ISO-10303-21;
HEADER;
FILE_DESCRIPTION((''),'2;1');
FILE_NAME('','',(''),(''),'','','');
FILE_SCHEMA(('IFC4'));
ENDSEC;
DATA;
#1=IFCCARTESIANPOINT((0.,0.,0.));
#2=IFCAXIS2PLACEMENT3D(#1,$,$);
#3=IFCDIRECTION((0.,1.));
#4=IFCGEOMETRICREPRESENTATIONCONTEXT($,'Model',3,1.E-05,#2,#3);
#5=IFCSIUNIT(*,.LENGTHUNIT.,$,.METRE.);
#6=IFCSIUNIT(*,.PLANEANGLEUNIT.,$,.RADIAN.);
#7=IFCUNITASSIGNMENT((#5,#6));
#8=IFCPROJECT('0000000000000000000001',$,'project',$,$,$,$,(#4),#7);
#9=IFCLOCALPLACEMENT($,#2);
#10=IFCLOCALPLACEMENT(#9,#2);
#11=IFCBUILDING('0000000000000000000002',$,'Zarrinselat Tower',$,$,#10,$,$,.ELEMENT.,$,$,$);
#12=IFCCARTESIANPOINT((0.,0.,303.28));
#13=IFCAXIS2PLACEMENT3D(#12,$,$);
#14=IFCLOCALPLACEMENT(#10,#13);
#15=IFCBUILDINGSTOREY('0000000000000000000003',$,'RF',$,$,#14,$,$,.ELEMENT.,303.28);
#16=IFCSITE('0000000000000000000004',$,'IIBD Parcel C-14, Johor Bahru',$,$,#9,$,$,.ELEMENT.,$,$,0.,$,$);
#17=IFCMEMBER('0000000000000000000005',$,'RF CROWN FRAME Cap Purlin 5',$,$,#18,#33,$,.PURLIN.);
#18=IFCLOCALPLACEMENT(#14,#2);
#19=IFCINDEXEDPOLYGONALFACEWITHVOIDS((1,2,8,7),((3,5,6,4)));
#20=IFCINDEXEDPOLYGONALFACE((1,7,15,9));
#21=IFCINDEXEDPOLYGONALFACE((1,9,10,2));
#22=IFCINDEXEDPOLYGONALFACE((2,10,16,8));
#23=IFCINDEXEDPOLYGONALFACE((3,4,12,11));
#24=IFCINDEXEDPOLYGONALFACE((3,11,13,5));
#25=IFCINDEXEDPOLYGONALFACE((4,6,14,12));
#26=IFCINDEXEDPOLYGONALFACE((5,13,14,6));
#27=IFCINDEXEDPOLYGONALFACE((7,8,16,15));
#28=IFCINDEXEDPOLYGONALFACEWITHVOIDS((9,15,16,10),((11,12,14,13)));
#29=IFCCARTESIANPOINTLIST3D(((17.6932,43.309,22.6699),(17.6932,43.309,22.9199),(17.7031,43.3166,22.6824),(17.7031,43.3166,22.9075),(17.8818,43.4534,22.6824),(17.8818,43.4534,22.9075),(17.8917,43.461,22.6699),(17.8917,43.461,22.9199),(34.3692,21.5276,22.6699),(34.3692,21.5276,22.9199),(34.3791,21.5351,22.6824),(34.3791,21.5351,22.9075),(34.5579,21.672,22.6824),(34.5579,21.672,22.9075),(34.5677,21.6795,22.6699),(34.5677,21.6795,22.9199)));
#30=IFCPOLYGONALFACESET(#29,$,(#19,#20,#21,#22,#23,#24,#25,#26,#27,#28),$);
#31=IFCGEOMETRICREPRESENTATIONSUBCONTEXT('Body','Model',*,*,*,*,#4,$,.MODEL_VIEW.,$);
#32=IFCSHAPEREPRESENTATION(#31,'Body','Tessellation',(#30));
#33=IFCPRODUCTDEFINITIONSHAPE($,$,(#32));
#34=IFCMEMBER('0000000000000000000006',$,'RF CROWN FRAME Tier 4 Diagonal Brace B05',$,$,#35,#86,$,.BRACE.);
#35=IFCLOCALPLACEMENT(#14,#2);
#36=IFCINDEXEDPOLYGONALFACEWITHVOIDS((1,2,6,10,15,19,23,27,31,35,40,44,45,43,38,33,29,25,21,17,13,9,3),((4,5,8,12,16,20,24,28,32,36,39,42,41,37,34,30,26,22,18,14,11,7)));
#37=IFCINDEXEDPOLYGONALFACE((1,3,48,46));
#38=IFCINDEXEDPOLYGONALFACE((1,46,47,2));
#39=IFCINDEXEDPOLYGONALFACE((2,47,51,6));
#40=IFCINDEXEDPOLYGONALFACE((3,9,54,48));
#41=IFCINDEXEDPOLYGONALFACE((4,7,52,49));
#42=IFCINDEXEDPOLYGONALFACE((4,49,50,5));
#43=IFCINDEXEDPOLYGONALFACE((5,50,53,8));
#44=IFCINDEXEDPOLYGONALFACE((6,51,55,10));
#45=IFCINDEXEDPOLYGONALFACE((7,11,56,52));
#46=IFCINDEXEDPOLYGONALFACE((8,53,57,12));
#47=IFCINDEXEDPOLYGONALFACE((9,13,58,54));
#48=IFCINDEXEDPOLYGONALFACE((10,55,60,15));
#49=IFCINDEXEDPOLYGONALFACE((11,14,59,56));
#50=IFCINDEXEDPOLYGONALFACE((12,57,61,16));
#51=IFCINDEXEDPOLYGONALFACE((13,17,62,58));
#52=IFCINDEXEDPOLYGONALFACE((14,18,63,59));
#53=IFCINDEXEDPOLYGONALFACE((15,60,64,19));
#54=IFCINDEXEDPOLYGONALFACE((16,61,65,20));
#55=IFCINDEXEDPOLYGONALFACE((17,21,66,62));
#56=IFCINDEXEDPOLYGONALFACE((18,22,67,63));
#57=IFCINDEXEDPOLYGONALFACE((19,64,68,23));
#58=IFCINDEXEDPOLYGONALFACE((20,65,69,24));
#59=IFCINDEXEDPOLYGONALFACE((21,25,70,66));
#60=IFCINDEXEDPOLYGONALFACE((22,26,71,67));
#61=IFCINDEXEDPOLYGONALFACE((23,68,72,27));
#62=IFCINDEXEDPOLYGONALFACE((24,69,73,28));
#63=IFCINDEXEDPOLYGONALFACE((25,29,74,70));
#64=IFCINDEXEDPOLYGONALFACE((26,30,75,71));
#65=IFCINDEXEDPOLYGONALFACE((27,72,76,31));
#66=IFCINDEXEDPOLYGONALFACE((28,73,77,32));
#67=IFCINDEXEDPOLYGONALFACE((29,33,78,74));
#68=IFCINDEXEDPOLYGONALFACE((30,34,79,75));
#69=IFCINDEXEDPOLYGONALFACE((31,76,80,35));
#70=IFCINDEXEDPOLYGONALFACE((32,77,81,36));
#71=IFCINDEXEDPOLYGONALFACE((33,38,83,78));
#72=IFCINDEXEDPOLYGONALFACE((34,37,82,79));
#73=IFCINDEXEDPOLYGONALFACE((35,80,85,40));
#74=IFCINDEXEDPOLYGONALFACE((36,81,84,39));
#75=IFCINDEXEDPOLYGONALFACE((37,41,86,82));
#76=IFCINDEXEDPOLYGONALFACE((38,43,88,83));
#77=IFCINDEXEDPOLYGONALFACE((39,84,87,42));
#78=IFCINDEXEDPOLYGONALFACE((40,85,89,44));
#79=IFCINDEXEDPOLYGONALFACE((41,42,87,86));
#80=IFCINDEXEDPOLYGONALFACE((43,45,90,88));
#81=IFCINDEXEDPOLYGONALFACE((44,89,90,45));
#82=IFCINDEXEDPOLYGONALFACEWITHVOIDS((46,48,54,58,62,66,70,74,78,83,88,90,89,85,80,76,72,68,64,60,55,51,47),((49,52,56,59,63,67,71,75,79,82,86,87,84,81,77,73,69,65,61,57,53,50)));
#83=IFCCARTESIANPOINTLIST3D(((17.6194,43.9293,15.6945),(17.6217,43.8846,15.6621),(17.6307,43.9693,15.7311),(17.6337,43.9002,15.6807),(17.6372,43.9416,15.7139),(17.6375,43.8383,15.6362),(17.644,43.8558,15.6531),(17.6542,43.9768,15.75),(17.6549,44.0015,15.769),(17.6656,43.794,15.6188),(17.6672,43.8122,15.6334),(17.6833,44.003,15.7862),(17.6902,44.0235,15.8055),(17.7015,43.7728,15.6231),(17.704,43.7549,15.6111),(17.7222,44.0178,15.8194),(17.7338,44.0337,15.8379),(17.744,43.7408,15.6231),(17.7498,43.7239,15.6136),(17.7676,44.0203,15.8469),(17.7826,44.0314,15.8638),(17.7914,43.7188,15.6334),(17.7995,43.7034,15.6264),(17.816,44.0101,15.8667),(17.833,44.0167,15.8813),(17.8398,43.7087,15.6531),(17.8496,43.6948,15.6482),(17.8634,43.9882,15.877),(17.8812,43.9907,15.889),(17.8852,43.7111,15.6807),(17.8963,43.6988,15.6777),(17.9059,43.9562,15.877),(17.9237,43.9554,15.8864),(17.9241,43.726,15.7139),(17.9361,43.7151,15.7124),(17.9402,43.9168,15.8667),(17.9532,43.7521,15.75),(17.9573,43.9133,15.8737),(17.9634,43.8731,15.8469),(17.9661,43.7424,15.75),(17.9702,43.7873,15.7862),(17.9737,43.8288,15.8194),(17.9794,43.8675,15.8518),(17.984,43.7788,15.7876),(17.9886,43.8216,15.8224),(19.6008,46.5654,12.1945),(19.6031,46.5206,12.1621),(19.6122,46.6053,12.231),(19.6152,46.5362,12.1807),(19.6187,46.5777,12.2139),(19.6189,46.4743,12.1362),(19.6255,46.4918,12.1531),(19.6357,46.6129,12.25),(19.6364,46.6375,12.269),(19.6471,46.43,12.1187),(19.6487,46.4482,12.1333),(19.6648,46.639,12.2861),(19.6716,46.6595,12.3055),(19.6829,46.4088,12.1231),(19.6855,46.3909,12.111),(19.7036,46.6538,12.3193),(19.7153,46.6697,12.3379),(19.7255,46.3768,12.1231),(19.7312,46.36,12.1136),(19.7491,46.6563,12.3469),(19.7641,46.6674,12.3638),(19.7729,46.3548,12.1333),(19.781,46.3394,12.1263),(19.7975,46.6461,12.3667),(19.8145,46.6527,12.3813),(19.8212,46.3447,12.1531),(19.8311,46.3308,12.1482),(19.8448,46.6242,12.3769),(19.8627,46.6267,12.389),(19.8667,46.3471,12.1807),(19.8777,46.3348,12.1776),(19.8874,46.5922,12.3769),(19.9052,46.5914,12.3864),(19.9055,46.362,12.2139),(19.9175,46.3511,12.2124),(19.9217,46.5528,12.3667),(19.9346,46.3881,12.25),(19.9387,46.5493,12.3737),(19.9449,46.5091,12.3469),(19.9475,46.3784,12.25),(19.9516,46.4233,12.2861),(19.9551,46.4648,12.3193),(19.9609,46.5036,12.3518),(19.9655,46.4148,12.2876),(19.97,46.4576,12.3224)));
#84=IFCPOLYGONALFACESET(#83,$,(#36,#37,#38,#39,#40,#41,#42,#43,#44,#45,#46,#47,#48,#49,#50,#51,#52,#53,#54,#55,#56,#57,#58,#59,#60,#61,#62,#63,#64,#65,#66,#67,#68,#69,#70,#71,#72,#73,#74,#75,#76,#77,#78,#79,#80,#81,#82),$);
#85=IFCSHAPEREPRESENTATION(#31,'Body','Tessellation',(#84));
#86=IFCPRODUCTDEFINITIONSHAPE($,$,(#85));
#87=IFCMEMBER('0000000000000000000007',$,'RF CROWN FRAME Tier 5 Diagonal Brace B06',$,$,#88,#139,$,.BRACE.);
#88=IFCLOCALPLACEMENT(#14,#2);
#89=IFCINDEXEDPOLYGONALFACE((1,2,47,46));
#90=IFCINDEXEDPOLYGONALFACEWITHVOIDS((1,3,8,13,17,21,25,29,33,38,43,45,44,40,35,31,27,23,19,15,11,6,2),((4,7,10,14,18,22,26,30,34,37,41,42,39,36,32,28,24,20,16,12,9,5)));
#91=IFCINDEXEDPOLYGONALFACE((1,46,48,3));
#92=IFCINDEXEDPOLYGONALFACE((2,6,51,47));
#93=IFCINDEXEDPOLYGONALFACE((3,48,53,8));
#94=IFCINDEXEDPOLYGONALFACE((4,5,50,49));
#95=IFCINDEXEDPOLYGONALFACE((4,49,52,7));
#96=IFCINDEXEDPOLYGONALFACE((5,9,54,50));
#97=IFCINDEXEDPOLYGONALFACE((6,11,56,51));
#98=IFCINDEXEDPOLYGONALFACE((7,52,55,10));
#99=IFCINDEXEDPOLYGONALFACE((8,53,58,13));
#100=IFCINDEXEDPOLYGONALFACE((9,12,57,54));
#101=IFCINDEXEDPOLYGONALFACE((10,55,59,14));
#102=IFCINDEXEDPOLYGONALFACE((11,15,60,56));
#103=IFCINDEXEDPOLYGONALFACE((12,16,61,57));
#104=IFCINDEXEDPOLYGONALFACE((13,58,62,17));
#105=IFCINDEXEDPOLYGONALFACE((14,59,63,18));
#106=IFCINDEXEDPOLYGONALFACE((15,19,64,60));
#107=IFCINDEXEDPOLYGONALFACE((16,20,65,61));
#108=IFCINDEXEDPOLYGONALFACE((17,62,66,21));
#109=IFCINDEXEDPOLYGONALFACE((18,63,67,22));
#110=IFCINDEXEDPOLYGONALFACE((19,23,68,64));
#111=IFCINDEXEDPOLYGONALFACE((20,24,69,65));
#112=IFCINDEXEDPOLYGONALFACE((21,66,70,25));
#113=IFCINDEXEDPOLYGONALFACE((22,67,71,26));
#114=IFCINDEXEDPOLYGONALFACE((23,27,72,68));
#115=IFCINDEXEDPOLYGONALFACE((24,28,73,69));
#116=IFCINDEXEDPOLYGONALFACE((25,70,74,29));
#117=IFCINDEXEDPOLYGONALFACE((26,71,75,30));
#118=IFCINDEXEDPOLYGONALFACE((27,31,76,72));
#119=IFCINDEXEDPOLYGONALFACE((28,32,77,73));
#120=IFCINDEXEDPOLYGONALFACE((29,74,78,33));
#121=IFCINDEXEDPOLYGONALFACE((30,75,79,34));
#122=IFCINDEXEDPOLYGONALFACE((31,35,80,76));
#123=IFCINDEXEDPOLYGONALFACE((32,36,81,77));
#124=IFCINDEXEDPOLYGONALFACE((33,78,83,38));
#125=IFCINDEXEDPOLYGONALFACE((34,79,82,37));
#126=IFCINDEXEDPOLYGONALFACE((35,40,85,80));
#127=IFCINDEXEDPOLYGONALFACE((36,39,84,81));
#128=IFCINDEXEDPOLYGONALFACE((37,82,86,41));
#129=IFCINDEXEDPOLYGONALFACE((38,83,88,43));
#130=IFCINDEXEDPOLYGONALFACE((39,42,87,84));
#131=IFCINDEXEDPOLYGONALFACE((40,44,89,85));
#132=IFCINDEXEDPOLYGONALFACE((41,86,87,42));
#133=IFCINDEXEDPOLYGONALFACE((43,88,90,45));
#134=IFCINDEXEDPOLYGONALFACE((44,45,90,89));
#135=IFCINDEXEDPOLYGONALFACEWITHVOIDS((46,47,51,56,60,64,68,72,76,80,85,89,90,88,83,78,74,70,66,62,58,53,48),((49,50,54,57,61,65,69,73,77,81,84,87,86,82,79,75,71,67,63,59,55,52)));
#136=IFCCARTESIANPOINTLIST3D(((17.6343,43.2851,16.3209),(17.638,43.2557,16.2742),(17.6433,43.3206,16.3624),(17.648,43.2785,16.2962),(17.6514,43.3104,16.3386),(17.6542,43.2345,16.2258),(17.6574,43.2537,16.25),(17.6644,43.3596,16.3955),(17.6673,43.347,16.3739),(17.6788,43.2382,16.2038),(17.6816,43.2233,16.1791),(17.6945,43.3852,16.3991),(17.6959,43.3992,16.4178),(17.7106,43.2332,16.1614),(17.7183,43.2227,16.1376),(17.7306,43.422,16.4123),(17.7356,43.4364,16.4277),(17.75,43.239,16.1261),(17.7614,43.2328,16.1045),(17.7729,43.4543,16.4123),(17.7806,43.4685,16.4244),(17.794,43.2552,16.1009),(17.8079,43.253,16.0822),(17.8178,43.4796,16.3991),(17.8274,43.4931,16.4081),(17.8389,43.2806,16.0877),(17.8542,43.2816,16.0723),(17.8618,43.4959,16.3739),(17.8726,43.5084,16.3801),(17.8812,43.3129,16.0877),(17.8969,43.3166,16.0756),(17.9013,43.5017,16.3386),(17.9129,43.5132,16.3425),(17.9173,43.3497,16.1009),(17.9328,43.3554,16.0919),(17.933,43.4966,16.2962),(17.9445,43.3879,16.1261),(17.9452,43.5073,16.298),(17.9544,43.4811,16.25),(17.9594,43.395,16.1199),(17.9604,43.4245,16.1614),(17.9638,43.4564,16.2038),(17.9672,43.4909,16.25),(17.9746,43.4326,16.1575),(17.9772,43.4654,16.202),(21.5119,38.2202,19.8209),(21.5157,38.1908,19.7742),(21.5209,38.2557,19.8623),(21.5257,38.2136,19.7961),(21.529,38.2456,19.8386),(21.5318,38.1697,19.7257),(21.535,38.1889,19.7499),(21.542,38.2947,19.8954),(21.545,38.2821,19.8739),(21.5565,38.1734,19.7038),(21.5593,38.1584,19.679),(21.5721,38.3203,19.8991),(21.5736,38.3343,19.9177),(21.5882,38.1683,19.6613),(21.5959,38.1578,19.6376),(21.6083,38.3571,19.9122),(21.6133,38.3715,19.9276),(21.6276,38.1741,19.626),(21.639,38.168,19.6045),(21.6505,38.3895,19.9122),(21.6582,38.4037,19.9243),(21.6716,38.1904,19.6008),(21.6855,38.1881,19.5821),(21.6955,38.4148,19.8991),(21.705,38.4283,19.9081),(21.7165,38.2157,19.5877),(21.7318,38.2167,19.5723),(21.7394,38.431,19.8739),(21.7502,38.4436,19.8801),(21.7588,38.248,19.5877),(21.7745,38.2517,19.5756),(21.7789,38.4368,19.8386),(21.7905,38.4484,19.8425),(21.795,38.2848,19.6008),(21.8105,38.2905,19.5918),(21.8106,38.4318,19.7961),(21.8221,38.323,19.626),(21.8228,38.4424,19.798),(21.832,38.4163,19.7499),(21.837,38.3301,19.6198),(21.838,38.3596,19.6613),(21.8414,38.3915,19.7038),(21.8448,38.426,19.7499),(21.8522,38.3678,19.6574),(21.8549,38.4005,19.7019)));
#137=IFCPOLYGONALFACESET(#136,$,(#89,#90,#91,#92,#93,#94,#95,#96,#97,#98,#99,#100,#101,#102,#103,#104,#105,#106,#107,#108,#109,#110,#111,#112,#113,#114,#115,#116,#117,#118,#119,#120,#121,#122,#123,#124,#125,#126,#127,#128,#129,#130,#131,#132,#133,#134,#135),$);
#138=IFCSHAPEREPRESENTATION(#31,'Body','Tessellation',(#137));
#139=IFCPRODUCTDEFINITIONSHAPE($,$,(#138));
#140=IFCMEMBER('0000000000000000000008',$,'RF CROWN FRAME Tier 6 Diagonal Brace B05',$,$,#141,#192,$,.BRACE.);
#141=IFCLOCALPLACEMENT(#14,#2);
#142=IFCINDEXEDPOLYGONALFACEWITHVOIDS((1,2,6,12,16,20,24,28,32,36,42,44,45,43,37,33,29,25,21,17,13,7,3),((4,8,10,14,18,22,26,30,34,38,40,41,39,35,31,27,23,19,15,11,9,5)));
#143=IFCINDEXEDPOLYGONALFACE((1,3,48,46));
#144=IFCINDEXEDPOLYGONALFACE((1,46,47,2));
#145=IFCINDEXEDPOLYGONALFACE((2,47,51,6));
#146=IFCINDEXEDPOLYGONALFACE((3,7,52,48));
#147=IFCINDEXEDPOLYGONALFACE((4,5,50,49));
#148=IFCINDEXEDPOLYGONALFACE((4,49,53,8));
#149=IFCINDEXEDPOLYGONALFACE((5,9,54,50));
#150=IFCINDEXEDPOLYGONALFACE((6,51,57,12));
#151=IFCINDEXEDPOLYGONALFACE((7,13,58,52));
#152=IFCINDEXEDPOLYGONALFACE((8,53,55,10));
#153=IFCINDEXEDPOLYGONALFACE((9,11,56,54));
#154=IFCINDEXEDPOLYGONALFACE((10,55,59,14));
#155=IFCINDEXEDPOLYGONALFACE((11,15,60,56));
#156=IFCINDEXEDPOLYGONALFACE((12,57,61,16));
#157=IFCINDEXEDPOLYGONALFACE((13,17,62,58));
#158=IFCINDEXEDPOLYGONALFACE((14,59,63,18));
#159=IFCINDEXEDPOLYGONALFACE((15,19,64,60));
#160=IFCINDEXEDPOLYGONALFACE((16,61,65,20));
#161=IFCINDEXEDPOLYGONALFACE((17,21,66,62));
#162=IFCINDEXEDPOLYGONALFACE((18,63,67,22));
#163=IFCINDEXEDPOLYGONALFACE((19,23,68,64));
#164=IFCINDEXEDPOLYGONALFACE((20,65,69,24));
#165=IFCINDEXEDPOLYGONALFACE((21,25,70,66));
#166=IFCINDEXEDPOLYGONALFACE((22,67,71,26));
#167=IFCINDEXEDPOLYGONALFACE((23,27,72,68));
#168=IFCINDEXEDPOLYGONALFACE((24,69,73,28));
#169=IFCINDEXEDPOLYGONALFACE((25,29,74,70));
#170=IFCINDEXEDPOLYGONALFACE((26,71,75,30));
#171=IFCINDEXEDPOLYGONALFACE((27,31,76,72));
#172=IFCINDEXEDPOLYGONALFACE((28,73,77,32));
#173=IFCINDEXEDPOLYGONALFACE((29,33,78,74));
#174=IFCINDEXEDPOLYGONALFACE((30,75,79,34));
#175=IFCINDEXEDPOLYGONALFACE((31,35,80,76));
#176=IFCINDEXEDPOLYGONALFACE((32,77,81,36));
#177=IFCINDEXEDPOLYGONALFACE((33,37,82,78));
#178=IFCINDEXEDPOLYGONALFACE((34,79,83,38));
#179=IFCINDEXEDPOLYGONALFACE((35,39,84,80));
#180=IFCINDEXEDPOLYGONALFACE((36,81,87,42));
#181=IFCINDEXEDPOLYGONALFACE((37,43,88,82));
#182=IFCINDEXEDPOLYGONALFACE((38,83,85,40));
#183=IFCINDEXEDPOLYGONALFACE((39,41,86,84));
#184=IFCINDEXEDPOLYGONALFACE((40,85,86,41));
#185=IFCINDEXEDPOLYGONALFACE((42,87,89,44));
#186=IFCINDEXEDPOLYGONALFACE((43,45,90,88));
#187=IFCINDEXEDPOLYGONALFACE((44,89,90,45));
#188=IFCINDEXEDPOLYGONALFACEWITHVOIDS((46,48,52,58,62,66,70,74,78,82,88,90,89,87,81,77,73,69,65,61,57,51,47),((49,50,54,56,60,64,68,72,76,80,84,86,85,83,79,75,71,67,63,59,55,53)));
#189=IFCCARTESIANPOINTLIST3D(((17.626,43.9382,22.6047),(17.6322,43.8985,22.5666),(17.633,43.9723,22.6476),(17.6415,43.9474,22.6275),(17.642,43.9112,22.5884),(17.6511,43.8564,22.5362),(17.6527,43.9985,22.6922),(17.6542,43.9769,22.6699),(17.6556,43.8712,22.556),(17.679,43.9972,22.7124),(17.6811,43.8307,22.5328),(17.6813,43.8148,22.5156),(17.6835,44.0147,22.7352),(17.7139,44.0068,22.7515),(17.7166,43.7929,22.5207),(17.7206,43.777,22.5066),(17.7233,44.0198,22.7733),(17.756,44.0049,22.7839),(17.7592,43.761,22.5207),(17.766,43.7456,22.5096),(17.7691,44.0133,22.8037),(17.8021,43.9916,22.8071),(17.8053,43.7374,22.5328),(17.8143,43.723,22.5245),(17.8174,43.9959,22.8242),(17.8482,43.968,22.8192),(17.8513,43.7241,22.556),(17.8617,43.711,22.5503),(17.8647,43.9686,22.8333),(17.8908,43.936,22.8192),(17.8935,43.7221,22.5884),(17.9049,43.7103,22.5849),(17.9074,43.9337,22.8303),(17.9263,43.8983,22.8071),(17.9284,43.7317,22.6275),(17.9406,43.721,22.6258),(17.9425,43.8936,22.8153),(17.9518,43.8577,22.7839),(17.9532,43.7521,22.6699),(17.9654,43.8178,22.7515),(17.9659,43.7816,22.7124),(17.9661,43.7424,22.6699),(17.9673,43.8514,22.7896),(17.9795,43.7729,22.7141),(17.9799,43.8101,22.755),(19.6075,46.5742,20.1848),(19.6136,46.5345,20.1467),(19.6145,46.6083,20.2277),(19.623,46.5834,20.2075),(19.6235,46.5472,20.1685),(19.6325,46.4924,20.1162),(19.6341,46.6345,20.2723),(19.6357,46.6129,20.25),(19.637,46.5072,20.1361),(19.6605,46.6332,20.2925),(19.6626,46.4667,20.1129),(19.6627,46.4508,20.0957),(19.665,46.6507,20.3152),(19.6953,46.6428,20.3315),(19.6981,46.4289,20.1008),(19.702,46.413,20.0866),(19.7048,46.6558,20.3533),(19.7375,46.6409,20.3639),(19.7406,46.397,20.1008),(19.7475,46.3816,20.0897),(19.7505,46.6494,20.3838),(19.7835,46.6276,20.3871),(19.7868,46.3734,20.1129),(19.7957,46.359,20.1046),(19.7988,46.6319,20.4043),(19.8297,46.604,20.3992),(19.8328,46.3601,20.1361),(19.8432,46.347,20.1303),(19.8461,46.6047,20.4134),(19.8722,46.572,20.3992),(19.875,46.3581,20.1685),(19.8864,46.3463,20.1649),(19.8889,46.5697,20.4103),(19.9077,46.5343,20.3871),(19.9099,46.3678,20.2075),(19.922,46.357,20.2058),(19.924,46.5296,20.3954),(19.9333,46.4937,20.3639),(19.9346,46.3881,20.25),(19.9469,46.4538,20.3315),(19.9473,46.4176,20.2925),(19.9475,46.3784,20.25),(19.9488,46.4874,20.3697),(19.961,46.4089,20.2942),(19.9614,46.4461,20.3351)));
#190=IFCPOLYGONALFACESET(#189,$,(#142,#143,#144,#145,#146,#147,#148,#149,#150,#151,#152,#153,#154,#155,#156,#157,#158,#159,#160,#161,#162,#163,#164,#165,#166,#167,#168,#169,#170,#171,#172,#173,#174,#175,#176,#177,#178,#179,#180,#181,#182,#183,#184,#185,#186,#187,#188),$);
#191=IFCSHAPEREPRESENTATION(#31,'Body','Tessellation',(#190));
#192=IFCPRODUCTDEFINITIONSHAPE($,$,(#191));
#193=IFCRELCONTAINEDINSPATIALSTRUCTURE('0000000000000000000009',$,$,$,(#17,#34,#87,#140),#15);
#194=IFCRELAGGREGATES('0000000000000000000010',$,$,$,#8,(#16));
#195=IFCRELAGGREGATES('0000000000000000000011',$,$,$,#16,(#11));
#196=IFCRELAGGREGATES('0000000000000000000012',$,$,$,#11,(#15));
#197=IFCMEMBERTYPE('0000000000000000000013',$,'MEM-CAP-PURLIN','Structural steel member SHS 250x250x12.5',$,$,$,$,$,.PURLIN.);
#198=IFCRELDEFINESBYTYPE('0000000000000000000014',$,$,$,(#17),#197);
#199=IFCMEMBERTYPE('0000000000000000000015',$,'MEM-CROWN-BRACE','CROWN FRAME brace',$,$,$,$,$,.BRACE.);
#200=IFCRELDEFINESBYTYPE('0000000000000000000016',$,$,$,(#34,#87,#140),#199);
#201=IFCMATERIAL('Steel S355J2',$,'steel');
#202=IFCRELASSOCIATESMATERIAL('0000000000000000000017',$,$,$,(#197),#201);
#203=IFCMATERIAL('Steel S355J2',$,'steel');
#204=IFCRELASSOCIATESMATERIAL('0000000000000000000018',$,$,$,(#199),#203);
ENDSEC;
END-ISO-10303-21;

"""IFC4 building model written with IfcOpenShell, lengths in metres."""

from ifc_helpers import new_model, si_unit, direction, frame, origin, origin_2d, place, context, subcontext, project, spatial, hollow_rectangle, hollow_circle, extrude, material, material_profile, profile_set, type_object, element, save


model = new_model("IFC4")

# Units and contexts
model_context = context("Model", 3, precision=1e-05, world=origin(), true_north=direction((0.0, 1.0)))
body_context = subcontext(model_context, "Body", "Model", "MODEL_VIEW")
ifc_project = project(units=[si_unit("LENGTHUNIT", "METRE"), si_unit("PLANEANGLEUNIT", "RADIAN")], contexts=[model_context])

# Site, building, storey
site_placement = place(None, origin())
site = spatial("IfcSite", under=ifc_project, at=site_placement, Name="IIBD Parcel C-14, Johor Bahru", CompositionType="ELEMENT", RefElevation=0.0)
building_placement = place(site_placement, origin())
building = spatial("IfcBuilding", under=site, at=building_placement, Name="Zarrinselat Tower", CompositionType="ELEMENT")
storey_placement = place(building_placement, frame((0.0, 0.0, 303.28)))
storey = spatial("IfcBuildingStorey", under=building, at=storey_placement, Name="RF", CompositionType="ELEMENT", Elevation=303.28)

# Members
ifc_material_1 = material(Name="Steel S355J2", Category="steel")
ifc_material_profile_1 = material_profile(ifc_material_1, hollow_rectangle(XDim=0.25, YDim=0.25, WallThickness=0.0125, at=origin_2d()), Name="SHS 250x250x12.5")
ifc_profile_set_1 = profile_set([ifc_material_profile_1], Name="Steel S355J2")
member_type_1 = type_object("IfcMemberType", Name="MEM-CAP-PURLIN", Description="Structural steel member SHS 250x250x12.5", PredefinedType="PURLIN", material=ifc_profile_set_1)
member_1_placement = place(storey_placement, frame((17.7925, 43.385, 22.7949), z_axis=(0.607901, -0.794013, 0.0), x_axis=(0.794013, 0.607901, 0.0)))
element("IfcMember", 1, at=member_1_placement, inside=storey, type_object=member_type_1, Name="RF CROWN FRAME Cap Purlin 5", PredefinedType="PURLIN", context=body_context, shape_type="SweptSolid", body=[
    extrude(hollow_rectangle(XDim=0.25, YDim=0.25, WallThickness=0.0125, at=origin_2d()), origin(), (0.0, 0.0, 1.0), 27.4321),
])
ifc_material_2 = material(Name="Steel S355J2", Category="steel")
ifc_material_profile_2 = material_profile(ifc_material_2, hollow_circle(Radius=0.2031, WallThickness=0.0161, at=origin_2d()), Name="CHS 406.4x16")
ifc_profile_set_2 = profile_set([ifc_material_profile_2], Name="Steel S355J2")
member_type_2 = type_object("IfcMemberType", Name="MEM-CROWN-BRACE", Description="CROWN FRAME brace", PredefinedType="BRACE", material=ifc_profile_set_2)
member_2_placement = place(storey_placement, frame((19.7852, 46.5005, 12.25), z_axis=(-0.412046, -0.548159, 0.727832), x_axis=(0.799351, -0.600864, 0.0)))
element("IfcMember", 2, at=member_2_placement, inside=storey, type_object=member_type_2, Name="RF CROWN FRAME Tier 4 Diagonal Brace B05", PredefinedType="BRACE", context=body_context, shape_type="SweptSolid", body=[
    extrude(hollow_circle(Radius=0.2031, WallThickness=0.0161, at=origin_2d()), origin(), (0.0, 0.0, 1.0), 4.8088),
])
member_3_placement = place(storey_placement, frame((17.8059, 43.3674, 16.25), z_axis=(0.532942, -0.696117, 0.481034), x_axis=(0.794018, 0.607895, 0.0)))
element("IfcMember", 3, at=member_3_placement, inside=storey, type_object=member_type_2, Name="RF CROWN FRAME Tier 5 Diagonal Brace B06", PredefinedType="BRACE", context=body_context, shape_type="SweptSolid", body=[
    extrude(hollow_circle(Radius=0.2031, WallThickness=0.0161, at=origin_2d()), origin(), (0.0, 0.0, 1.0), 7.2759),
])
member_4_placement = place(storey_placement, frame((19.7852, 46.5005, 20.25), z_axis=(-0.484425, -0.644448, 0.591624), x_axis=(0.799351, -0.600864, 0.0)))
element("IfcMember", 4, at=member_4_placement, inside=storey, type_object=member_type_2, Name="RF CROWN FRAME Tier 6 Diagonal Brace B05", PredefinedType="BRACE", context=body_context, shape_type="SweptSolid", body=[
    extrude(hollow_circle(Radius=0.2031, WallThickness=0.0161, at=origin_2d()), origin(), (0.0, 0.0, 1.0), 4.0903),
])

save(model, "model.ifc")
